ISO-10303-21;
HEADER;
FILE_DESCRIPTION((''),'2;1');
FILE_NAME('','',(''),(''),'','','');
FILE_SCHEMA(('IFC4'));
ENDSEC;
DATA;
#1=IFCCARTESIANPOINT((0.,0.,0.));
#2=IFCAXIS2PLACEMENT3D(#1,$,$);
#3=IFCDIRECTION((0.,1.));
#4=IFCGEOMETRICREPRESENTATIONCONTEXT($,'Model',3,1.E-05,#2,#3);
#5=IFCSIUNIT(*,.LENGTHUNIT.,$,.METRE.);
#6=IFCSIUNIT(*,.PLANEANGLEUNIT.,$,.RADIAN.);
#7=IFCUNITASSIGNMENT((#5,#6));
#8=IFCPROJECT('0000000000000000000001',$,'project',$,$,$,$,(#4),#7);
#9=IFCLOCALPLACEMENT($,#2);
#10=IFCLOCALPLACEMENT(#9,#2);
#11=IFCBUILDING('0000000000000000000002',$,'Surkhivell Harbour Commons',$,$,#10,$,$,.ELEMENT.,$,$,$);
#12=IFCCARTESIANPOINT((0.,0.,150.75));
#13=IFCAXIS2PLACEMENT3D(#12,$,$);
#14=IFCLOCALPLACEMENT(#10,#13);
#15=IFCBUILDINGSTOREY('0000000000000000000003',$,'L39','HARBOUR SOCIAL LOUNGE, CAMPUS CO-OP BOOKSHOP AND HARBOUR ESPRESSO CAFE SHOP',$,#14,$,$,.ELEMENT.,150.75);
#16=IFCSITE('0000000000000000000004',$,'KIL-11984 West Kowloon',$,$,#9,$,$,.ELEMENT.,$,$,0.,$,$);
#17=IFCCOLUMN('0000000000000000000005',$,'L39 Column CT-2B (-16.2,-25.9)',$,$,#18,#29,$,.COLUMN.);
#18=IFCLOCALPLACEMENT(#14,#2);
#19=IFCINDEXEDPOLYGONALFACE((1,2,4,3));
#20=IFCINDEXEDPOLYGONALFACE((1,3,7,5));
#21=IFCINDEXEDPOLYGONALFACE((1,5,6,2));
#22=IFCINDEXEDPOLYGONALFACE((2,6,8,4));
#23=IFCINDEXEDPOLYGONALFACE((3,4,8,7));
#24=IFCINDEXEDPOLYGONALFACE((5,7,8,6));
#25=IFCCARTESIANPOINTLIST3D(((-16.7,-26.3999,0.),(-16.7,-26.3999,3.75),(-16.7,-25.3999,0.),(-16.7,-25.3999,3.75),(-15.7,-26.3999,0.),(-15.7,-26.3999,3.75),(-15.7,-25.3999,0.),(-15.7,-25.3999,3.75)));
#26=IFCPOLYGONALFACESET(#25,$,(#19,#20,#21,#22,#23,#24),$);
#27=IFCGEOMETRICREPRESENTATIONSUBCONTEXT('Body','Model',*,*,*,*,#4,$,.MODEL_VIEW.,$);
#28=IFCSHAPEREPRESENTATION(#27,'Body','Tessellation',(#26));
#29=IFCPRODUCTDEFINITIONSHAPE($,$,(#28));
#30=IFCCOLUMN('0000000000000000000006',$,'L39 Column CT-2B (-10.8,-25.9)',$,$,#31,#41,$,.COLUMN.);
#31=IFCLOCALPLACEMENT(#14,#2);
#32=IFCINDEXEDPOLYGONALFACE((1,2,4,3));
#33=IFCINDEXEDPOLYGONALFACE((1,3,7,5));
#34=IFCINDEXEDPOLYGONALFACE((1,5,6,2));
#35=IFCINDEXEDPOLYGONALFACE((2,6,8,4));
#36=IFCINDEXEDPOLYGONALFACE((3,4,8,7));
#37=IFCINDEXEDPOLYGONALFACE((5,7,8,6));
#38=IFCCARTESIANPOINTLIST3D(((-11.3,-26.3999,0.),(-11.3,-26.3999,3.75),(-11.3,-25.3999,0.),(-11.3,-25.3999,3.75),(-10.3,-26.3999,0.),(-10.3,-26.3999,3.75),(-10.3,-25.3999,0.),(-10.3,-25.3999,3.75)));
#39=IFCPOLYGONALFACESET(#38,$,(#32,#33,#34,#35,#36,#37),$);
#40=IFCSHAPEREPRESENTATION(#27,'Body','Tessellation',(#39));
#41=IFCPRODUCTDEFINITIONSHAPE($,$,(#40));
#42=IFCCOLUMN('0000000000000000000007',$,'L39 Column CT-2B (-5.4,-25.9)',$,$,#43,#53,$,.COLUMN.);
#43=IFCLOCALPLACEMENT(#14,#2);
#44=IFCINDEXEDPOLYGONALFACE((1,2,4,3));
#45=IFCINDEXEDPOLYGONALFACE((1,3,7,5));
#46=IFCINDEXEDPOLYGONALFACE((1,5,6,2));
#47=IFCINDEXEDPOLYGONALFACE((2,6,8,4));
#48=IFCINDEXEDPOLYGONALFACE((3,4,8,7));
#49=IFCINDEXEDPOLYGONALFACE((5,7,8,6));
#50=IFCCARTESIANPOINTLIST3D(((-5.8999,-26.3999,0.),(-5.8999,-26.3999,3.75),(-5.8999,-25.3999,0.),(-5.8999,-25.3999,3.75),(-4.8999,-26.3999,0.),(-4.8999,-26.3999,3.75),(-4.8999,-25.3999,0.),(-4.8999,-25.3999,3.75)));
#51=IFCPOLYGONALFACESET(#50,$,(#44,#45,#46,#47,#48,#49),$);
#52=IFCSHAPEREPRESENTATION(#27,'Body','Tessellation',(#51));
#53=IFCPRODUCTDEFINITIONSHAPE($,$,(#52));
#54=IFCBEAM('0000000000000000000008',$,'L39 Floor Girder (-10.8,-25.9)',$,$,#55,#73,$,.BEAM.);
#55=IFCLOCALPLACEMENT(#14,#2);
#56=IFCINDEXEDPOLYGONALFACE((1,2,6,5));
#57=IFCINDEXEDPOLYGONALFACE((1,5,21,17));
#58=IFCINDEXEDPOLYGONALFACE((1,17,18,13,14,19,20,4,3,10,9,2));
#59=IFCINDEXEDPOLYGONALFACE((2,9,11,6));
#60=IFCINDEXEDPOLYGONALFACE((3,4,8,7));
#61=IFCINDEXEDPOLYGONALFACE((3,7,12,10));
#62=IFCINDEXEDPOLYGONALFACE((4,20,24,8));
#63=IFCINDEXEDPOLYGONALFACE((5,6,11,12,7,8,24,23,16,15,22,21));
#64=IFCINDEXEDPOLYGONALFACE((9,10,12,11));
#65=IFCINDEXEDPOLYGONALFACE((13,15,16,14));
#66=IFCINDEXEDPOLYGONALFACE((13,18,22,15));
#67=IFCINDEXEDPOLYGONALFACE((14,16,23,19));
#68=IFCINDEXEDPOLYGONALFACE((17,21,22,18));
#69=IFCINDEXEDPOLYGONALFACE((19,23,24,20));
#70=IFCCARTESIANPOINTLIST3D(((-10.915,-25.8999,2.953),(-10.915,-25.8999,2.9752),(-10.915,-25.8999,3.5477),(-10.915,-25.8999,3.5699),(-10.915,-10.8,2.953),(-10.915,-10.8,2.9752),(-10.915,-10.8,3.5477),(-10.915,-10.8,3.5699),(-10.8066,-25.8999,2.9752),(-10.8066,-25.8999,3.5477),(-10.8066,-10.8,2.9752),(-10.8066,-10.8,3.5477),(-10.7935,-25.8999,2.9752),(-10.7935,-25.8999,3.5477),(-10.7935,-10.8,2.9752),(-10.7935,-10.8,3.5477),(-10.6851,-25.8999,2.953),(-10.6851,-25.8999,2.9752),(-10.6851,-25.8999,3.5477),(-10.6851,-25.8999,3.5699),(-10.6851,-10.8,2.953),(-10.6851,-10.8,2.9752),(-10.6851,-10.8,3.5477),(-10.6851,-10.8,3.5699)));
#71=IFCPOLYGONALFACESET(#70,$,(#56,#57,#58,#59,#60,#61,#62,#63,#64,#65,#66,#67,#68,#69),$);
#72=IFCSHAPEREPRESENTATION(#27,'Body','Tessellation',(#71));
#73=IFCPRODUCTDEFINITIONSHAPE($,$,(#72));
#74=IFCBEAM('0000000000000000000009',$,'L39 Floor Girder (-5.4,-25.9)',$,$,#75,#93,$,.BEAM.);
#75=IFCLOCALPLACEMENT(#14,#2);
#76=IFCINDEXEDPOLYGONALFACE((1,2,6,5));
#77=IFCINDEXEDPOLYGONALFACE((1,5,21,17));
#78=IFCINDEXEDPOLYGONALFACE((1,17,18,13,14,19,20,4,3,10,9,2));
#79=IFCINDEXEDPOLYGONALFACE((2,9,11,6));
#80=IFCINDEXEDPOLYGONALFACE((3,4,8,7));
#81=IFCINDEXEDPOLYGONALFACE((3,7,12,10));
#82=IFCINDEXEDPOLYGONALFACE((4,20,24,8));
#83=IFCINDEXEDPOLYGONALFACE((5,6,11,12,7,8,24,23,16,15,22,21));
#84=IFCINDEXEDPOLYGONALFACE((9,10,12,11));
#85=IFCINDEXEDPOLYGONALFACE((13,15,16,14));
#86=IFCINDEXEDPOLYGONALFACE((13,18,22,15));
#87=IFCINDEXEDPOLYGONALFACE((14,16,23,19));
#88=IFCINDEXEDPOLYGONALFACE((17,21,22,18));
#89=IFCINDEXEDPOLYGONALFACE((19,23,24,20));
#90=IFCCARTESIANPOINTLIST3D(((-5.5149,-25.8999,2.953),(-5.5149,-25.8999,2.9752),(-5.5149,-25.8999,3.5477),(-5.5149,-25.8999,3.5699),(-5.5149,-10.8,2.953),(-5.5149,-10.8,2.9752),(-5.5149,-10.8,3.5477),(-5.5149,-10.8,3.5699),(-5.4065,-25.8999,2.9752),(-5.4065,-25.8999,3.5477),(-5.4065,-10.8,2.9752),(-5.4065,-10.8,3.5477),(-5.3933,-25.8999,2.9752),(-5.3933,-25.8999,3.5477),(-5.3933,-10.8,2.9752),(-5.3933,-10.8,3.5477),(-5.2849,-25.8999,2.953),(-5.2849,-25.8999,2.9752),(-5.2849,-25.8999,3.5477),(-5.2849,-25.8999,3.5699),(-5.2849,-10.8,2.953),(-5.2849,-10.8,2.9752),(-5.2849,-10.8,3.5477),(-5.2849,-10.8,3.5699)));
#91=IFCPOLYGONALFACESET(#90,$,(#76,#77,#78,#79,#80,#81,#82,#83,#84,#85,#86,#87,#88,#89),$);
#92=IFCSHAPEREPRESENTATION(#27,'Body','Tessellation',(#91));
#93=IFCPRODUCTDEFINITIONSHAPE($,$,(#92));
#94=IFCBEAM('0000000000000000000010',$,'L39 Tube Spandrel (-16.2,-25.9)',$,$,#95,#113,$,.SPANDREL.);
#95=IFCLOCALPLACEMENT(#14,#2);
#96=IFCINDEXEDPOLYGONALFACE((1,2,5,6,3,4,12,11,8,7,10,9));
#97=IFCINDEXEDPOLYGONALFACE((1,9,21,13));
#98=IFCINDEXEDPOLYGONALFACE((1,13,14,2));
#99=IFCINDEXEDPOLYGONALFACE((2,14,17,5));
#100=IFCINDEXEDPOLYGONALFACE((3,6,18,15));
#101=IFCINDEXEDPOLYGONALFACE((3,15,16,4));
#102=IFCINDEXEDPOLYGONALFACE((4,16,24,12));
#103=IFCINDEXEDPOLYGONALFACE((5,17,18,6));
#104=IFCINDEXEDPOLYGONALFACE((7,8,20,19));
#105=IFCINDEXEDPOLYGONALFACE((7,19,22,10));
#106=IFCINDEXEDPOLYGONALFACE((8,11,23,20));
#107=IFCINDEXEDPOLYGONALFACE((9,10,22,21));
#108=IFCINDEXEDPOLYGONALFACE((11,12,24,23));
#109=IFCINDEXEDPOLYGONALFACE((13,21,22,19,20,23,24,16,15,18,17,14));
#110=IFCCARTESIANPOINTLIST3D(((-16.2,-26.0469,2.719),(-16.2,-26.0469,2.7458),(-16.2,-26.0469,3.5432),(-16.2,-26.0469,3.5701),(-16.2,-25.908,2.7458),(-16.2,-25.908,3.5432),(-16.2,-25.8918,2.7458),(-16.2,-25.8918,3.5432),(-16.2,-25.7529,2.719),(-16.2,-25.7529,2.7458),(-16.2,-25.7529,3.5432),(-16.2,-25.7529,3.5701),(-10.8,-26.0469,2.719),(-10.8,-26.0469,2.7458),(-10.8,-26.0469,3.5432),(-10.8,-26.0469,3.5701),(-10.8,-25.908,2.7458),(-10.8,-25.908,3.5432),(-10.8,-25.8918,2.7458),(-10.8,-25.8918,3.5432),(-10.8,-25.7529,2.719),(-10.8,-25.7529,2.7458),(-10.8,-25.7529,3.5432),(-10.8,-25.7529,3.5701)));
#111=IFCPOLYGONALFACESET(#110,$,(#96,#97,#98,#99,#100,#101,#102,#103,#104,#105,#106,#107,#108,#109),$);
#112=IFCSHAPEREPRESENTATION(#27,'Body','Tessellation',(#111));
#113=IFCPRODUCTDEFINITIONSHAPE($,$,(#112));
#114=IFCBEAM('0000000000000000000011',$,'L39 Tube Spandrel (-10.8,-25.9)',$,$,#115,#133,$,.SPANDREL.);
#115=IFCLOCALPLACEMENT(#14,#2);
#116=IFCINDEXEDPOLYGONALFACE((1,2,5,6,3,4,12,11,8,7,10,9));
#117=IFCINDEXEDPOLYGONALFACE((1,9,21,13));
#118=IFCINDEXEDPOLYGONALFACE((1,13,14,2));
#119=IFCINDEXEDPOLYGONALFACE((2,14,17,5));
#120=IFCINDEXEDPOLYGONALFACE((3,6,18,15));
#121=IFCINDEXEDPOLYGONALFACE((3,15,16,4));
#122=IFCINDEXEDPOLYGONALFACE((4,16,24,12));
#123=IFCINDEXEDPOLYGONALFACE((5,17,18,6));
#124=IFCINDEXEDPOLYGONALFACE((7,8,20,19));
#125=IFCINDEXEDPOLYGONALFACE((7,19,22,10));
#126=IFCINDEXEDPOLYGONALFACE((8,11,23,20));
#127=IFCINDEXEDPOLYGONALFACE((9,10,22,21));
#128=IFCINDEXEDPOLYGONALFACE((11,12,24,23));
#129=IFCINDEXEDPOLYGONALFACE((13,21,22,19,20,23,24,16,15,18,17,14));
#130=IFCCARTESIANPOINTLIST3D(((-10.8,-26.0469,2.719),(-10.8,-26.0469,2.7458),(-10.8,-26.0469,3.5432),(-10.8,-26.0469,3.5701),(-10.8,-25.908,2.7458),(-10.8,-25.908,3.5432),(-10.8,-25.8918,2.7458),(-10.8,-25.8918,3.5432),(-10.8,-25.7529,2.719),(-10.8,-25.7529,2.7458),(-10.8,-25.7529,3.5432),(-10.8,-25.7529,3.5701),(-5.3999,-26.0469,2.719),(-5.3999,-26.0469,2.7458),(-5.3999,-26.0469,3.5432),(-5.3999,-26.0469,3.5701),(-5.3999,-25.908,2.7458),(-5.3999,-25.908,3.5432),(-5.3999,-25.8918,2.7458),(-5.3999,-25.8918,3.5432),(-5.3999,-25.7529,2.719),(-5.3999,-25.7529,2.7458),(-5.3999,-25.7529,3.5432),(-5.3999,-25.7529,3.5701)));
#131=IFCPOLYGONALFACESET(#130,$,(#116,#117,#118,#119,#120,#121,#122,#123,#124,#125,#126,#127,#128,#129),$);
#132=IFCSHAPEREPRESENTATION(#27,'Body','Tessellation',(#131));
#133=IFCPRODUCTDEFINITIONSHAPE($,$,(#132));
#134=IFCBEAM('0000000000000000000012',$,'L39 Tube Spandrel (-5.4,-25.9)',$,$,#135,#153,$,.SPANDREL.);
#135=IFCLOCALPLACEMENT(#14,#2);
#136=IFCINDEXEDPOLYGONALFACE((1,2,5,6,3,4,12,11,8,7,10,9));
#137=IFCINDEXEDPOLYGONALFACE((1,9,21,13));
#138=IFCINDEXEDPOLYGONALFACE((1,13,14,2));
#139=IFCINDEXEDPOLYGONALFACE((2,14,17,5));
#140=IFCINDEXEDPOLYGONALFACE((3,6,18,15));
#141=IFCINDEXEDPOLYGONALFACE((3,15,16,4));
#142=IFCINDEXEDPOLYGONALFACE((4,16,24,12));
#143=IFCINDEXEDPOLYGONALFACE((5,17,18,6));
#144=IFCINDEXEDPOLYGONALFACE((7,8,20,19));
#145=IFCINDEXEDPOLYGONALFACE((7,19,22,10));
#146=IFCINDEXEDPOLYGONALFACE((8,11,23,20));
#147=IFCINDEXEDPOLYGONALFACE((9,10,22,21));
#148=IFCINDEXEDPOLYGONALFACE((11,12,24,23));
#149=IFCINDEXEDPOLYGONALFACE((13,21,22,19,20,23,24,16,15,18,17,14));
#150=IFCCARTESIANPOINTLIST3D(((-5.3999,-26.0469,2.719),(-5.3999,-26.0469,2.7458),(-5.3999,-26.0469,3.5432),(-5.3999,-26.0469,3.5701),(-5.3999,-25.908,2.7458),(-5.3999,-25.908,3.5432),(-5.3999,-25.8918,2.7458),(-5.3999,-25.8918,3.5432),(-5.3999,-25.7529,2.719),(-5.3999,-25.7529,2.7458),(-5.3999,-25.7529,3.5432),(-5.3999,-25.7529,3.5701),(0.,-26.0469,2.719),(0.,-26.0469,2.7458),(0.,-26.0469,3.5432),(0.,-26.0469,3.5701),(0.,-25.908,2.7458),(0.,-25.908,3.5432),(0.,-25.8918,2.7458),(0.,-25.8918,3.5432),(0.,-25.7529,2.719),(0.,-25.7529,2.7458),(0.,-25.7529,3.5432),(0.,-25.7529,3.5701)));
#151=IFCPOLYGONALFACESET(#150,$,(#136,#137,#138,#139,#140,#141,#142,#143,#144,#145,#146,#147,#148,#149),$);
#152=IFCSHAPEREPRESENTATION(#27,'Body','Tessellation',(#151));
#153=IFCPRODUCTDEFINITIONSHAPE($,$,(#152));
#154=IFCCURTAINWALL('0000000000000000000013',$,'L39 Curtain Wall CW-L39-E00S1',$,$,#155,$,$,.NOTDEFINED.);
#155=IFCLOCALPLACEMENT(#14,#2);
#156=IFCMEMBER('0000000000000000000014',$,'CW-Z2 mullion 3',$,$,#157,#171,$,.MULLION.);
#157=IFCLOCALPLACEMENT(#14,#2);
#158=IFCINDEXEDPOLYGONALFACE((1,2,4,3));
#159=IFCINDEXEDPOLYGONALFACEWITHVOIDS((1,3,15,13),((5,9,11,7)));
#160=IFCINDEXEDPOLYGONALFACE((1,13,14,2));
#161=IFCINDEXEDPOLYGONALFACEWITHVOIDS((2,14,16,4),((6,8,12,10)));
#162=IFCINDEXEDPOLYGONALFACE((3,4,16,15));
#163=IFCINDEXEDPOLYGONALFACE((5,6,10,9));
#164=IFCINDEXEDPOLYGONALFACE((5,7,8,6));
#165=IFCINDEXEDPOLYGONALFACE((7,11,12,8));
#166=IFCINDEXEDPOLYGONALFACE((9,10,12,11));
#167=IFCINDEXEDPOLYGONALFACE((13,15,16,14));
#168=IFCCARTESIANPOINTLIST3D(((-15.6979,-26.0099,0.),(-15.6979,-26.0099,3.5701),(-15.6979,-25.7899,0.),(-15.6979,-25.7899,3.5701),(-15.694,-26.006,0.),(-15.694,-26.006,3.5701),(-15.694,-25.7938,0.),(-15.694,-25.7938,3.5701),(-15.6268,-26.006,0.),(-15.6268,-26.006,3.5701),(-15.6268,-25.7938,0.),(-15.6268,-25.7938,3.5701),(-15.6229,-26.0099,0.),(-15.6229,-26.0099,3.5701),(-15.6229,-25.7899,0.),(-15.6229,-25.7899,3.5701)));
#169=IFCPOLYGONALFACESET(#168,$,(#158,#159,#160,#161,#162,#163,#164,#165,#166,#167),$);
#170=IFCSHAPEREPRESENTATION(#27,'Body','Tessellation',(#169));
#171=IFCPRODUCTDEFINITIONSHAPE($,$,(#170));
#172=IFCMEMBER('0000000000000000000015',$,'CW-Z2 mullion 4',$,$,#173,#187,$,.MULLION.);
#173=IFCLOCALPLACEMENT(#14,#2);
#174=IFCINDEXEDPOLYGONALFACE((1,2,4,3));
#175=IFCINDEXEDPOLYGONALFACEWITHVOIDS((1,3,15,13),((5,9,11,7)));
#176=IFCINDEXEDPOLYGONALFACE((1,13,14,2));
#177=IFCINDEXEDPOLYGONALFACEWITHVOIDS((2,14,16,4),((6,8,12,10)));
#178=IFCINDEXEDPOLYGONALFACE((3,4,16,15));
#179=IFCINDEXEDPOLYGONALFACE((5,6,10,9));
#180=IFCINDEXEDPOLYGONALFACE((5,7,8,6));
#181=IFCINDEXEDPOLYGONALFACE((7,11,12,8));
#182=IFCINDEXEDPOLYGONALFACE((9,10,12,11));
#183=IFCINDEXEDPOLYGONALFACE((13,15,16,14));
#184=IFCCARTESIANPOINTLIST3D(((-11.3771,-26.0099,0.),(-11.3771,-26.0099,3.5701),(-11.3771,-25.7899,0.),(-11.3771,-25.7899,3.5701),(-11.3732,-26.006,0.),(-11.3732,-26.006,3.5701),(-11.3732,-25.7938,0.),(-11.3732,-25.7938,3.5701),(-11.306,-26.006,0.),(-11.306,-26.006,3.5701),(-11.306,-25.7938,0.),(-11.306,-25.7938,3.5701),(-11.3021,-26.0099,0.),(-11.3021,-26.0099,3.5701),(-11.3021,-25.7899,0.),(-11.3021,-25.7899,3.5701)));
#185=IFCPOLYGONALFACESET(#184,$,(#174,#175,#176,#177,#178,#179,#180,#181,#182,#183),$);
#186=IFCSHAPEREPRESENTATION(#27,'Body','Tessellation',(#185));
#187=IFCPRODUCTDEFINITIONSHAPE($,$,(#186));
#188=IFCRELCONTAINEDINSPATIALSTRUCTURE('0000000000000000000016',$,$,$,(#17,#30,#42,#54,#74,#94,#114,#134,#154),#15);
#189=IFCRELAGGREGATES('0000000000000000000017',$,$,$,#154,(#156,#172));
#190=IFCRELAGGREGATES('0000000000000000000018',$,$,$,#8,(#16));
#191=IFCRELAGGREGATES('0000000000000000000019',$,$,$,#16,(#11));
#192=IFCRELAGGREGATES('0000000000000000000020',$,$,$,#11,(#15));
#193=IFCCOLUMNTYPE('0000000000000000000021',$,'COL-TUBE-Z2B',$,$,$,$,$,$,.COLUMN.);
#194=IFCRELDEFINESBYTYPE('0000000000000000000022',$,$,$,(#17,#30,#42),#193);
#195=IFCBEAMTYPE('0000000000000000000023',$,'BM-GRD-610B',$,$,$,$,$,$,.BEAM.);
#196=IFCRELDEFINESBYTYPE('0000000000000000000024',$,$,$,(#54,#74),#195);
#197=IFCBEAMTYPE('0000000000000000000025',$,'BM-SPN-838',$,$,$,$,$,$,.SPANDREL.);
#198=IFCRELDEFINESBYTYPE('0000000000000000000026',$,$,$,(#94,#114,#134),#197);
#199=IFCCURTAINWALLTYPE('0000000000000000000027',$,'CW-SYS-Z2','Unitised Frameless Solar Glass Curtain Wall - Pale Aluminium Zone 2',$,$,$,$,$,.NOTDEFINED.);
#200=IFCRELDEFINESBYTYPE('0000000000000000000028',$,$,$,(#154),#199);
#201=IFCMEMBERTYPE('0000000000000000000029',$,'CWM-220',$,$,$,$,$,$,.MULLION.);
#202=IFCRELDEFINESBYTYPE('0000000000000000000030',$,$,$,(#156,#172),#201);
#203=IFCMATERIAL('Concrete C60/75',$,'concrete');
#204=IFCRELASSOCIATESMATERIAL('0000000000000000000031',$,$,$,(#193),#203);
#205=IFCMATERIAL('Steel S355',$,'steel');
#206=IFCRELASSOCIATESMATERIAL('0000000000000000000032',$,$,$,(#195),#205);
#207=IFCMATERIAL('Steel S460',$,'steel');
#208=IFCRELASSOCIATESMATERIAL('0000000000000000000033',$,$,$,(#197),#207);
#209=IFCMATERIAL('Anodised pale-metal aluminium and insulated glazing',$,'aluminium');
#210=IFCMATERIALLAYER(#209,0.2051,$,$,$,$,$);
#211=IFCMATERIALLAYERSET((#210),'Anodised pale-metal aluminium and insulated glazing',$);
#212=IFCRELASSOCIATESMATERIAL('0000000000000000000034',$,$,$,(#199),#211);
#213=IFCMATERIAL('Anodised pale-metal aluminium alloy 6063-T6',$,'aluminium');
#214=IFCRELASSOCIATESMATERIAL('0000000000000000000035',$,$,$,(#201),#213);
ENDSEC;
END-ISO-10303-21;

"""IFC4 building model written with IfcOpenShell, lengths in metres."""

from ifc_helpers import new_model, si_unit, direction, frame, origin, origin_2d, place, context, subcontext, project, spatial, rectangle, hollow_rectangle, i_section, extrude, material, layer, layer_set, material_profile, profile_set, type_object, element, aggregate, save


model = new_model("IFC4")

# Units and contexts
model_context = context("Model", 3, precision=1e-05, world=origin(), true_north=direction((0.0, 1.0)))
body_context = subcontext(model_context, "Body", "Model", "MODEL_VIEW")
ifc_project = project(units=[si_unit("LENGTHUNIT", "METRE"), si_unit("PLANEANGLEUNIT", "RADIAN")], contexts=[model_context])

# Site, building, storey
site_placement = place(None, origin())
site = spatial("IfcSite", under=ifc_project, at=site_placement, Name="KIL-11984 West Kowloon", CompositionType="ELEMENT", RefElevation=0.0)
building_placement = place(site_placement, origin())
building = spatial("IfcBuilding", under=site, at=building_placement, Name="Surkhivell Harbour Commons", CompositionType="ELEMENT")
storey_placement = place(building_placement, frame((0.0, 0.0, 150.75)))
storey = spatial("IfcBuildingStorey", under=building, at=storey_placement, Name="L39", Description="HARBOUR SOCIAL LOUNGE, CAMPUS CO-OP BOOKSHOP AND HARBOUR ESPRESSO CAFE SHOP", CompositionType="ELEMENT", Elevation=150.75)

# Columns
ifc_material_1 = material(Name="Concrete C60/75", Category="concrete")
ifc_material_profile_1 = material_profile(ifc_material_1, rectangle(XDim=1.0, YDim=1.0, at=origin_2d()), Name="RC-COL-1000x1000")
ifc_profile_set_1 = profile_set([ifc_material_profile_1], Name="Concrete C60/75")
column_type = type_object("IfcColumnType", Name="COL-TUBE-Z2B", PredefinedType="COLUMN", material=ifc_profile_set_1)
for number, where, z_axis, x_axis, name in (
    (1, (-16.2, -25.8999, 0.0), (0.0, 0.0, 1.0), (1.0, 0.0, 0.0), "L39 Column CT-2B (-16.2,-25.9)"),
    (2, (-10.8, -25.8999, 0.0), (0.0, 0.0, 1.0), (1.0, 0.0, 0.0), "L39 Column CT-2B (-10.8,-25.9)"),
    (3, (-5.3999, -25.8999, 0.0), (0.0, 0.0, 1.0), (1.0, 0.0, 0.0), "L39 Column CT-2B (-5.4,-25.9)"),
):
    element("IfcColumn", number, at=place(storey_placement, frame(where, z_axis=z_axis, x_axis=x_axis)), inside=storey, type_object=column_type, Name=name, PredefinedType="COLUMN", context=body_context, shape_type="SweptSolid", body=[
        extrude(rectangle(XDim=1.0, YDim=1.0, at=origin_2d()), origin(), (0.0, 0.0, 1.0), 3.75),
    ])

# Beams
ifc_material_2 = material(Name="Steel S355", Category="steel")
ifc_material_profile_2 = material_profile(ifc_material_2, i_section(OverallWidth=0.23, OverallDepth=0.6169, WebThickness=0.0132, FlangeThickness=0.0222, at=origin_2d()), Name="UB610x229x140")
ifc_profile_set_2 = profile_set([ifc_material_profile_2], Name="Steel S355")
beam_type_1 = type_object("IfcBeamType", Name="BM-GRD-610B", PredefinedType="BEAM", material=ifc_profile_set_2)
for number, where, z_axis, x_axis, name in (
    (4, (-10.8, -25.8999, 3.2615), (0.0, 1.0, 0.0), (-1.0, 0.0, 0.0), "L39 Floor Girder (-10.8,-25.9)"),
    (5, (-5.3999, -25.8999, 3.2615), (0.0, 1.0, 0.0), (-1.0, 0.0, 0.0), "L39 Floor Girder (-5.4,-25.9)"),
):
    element("IfcBeam", number, at=place(storey_placement, frame(where, z_axis=z_axis, x_axis=x_axis)), inside=storey, type_object=beam_type_1, Name=name, PredefinedType="BEAM", context=body_context, shape_type="SweptSolid", body=[
        extrude(i_section(OverallWidth=0.23, OverallDepth=0.6169, WebThickness=0.0132, FlangeThickness=0.0222, at=origin_2d()), origin(), (0.0, 0.0, 1.0), 15.0999),
    ])
ifc_material_3 = material(Name="Steel S460", Category="steel")
ifc_material_profile_3 = material_profile(ifc_material_3, i_section(OverallWidth=0.2939, OverallDepth=0.8511, WebThickness=0.0161, FlangeThickness=0.0269, at=origin_2d()), Name="UB838x292x226")
ifc_profile_set_3 = profile_set([ifc_material_profile_3], Name="Steel S460")
beam_type_2 = type_object("IfcBeamType", Name="BM-SPN-838", PredefinedType="SPANDREL", material=ifc_profile_set_3)
beam_1_placement = place(storey_placement, frame((-16.2, -25.8999, 3.1445), z_axis=(1.0, 0.0, 0.0), x_axis=(0.0, 1.0, 0.0)))
element("IfcBeam", 6, at=beam_1_placement, inside=storey, type_object=beam_type_2, Name="L39 Tube Spandrel (-16.2,-25.9)", PredefinedType="SPANDREL", context=body_context, shape_type="SweptSolid", body=[
    extrude(i_section(OverallWidth=0.2939, OverallDepth=0.8511, WebThickness=0.0161, FlangeThickness=0.0269, at=origin_2d()), origin(), (0.0, 0.0, 1.0), 5.3999),
])
beam_2_placement = place(storey_placement, frame((-10.8, -25.8999, 3.1445), z_axis=(1.0, 0.0, 0.0), x_axis=(0.0, 1.0, 0.0)))
element("IfcBeam", 7, at=beam_2_placement, inside=storey, type_object=beam_type_2, Name="L39 Tube Spandrel (-10.8,-25.9)", PredefinedType="SPANDREL", context=body_context, shape_type="SweptSolid", body=[
    extrude(i_section(OverallWidth=0.2939, OverallDepth=0.8511, WebThickness=0.0161, FlangeThickness=0.0269, at=origin_2d()), origin(), (0.0, 0.0, 1.0), 5.4001),
])
beam_3_placement = place(storey_placement, frame((-5.3999, -25.8999, 3.1445), z_axis=(1.0, 0.0, 0.0), x_axis=(0.0, 1.0, 0.0)))
element("IfcBeam", 8, at=beam_3_placement, inside=storey, type_object=beam_type_2, Name="L39 Tube Spandrel (-5.4,-25.9)", PredefinedType="SPANDREL", context=body_context, shape_type="SweptSolid", body=[
    extrude(i_section(OverallWidth=0.2939, OverallDepth=0.8511, WebThickness=0.0161, FlangeThickness=0.0269, at=origin_2d()), origin(), (0.0, 0.0, 1.0), 5.3999),
])

# Curtain wall, members
ifc_material_4 = material(Name="Anodised pale-metal aluminium and insulated glazing", Category="aluminium")
ifc_layer_1 = layer(ifc_material_4, 0.2051)
ifc_layer_set_1 = layer_set([ifc_layer_1], Name="Anodised pale-metal aluminium and insulated glazing")
curtain_wall_type = type_object("IfcCurtainWallType", Name="CW-SYS-Z2", Description="Unitised Frameless Solar Glass Curtain Wall - Pale Aluminium Zone 2", PredefinedType="NOTDEFINED", material=ifc_layer_set_1)
curtain_wall_1_placement = place(storey_placement, origin())
curtain_wall_1 = element("IfcCurtainWall", 9, at=curtain_wall_1_placement, inside=storey, type_object=curtain_wall_type, Name="L39 Curtain Wall CW-L39-E00S1", PredefinedType="NOTDEFINED")
ifc_material_5 = material(Name="Anodised pale-metal aluminium alloy 6063-T6", Category="aluminium")
ifc_material_profile_4 = material_profile(ifc_material_5, hollow_rectangle(XDim=0.075, YDim=0.22, WallThickness=0.0039, at=origin_2d()), Name="ALU-MULL-75x220")
ifc_profile_set_4 = profile_set([ifc_material_profile_4], Name="Anodised pale-metal aluminium alloy 6063-T6")
member_type_1 = type_object("IfcMemberType", Name="CWM-220", PredefinedType="MULLION", material=ifc_profile_set_4)
member_1_placement = place(storey_placement, frame((-15.6604, -25.8999, 0.0), z_axis=(0.0, 0.0, 1.0), x_axis=(1.0, 0.0, 0.0)))
member_1 = element("IfcMember", 10, at=member_1_placement, type_object=member_type_1, Name="CW-Z2 mullion 3", PredefinedType="MULLION", context=body_context, shape_type="SweptSolid", body=[
    extrude(hollow_rectangle(XDim=0.075, YDim=0.22, WallThickness=0.0039, at=origin_2d()), origin(), (0.0, 0.0, 1.0), 3.5701),
])
member_2_placement = place(storey_placement, frame((-11.3396, -25.8999, 0.0), z_axis=(0.0, 0.0, 1.0), x_axis=(1.0, 0.0, 0.0)))
member_2 = element("IfcMember", 11, at=member_2_placement, type_object=member_type_1, Name="CW-Z2 mullion 4", PredefinedType="MULLION", context=body_context, shape_type="SweptSolid", body=[
    extrude(hollow_rectangle(XDim=0.075, YDim=0.22, WallThickness=0.0039, at=origin_2d()), origin(), (0.0, 0.0, 1.0), 3.5701),
])

aggregate(curtain_wall_1, [member_1, member_2])

save(model, "model.ifc")
